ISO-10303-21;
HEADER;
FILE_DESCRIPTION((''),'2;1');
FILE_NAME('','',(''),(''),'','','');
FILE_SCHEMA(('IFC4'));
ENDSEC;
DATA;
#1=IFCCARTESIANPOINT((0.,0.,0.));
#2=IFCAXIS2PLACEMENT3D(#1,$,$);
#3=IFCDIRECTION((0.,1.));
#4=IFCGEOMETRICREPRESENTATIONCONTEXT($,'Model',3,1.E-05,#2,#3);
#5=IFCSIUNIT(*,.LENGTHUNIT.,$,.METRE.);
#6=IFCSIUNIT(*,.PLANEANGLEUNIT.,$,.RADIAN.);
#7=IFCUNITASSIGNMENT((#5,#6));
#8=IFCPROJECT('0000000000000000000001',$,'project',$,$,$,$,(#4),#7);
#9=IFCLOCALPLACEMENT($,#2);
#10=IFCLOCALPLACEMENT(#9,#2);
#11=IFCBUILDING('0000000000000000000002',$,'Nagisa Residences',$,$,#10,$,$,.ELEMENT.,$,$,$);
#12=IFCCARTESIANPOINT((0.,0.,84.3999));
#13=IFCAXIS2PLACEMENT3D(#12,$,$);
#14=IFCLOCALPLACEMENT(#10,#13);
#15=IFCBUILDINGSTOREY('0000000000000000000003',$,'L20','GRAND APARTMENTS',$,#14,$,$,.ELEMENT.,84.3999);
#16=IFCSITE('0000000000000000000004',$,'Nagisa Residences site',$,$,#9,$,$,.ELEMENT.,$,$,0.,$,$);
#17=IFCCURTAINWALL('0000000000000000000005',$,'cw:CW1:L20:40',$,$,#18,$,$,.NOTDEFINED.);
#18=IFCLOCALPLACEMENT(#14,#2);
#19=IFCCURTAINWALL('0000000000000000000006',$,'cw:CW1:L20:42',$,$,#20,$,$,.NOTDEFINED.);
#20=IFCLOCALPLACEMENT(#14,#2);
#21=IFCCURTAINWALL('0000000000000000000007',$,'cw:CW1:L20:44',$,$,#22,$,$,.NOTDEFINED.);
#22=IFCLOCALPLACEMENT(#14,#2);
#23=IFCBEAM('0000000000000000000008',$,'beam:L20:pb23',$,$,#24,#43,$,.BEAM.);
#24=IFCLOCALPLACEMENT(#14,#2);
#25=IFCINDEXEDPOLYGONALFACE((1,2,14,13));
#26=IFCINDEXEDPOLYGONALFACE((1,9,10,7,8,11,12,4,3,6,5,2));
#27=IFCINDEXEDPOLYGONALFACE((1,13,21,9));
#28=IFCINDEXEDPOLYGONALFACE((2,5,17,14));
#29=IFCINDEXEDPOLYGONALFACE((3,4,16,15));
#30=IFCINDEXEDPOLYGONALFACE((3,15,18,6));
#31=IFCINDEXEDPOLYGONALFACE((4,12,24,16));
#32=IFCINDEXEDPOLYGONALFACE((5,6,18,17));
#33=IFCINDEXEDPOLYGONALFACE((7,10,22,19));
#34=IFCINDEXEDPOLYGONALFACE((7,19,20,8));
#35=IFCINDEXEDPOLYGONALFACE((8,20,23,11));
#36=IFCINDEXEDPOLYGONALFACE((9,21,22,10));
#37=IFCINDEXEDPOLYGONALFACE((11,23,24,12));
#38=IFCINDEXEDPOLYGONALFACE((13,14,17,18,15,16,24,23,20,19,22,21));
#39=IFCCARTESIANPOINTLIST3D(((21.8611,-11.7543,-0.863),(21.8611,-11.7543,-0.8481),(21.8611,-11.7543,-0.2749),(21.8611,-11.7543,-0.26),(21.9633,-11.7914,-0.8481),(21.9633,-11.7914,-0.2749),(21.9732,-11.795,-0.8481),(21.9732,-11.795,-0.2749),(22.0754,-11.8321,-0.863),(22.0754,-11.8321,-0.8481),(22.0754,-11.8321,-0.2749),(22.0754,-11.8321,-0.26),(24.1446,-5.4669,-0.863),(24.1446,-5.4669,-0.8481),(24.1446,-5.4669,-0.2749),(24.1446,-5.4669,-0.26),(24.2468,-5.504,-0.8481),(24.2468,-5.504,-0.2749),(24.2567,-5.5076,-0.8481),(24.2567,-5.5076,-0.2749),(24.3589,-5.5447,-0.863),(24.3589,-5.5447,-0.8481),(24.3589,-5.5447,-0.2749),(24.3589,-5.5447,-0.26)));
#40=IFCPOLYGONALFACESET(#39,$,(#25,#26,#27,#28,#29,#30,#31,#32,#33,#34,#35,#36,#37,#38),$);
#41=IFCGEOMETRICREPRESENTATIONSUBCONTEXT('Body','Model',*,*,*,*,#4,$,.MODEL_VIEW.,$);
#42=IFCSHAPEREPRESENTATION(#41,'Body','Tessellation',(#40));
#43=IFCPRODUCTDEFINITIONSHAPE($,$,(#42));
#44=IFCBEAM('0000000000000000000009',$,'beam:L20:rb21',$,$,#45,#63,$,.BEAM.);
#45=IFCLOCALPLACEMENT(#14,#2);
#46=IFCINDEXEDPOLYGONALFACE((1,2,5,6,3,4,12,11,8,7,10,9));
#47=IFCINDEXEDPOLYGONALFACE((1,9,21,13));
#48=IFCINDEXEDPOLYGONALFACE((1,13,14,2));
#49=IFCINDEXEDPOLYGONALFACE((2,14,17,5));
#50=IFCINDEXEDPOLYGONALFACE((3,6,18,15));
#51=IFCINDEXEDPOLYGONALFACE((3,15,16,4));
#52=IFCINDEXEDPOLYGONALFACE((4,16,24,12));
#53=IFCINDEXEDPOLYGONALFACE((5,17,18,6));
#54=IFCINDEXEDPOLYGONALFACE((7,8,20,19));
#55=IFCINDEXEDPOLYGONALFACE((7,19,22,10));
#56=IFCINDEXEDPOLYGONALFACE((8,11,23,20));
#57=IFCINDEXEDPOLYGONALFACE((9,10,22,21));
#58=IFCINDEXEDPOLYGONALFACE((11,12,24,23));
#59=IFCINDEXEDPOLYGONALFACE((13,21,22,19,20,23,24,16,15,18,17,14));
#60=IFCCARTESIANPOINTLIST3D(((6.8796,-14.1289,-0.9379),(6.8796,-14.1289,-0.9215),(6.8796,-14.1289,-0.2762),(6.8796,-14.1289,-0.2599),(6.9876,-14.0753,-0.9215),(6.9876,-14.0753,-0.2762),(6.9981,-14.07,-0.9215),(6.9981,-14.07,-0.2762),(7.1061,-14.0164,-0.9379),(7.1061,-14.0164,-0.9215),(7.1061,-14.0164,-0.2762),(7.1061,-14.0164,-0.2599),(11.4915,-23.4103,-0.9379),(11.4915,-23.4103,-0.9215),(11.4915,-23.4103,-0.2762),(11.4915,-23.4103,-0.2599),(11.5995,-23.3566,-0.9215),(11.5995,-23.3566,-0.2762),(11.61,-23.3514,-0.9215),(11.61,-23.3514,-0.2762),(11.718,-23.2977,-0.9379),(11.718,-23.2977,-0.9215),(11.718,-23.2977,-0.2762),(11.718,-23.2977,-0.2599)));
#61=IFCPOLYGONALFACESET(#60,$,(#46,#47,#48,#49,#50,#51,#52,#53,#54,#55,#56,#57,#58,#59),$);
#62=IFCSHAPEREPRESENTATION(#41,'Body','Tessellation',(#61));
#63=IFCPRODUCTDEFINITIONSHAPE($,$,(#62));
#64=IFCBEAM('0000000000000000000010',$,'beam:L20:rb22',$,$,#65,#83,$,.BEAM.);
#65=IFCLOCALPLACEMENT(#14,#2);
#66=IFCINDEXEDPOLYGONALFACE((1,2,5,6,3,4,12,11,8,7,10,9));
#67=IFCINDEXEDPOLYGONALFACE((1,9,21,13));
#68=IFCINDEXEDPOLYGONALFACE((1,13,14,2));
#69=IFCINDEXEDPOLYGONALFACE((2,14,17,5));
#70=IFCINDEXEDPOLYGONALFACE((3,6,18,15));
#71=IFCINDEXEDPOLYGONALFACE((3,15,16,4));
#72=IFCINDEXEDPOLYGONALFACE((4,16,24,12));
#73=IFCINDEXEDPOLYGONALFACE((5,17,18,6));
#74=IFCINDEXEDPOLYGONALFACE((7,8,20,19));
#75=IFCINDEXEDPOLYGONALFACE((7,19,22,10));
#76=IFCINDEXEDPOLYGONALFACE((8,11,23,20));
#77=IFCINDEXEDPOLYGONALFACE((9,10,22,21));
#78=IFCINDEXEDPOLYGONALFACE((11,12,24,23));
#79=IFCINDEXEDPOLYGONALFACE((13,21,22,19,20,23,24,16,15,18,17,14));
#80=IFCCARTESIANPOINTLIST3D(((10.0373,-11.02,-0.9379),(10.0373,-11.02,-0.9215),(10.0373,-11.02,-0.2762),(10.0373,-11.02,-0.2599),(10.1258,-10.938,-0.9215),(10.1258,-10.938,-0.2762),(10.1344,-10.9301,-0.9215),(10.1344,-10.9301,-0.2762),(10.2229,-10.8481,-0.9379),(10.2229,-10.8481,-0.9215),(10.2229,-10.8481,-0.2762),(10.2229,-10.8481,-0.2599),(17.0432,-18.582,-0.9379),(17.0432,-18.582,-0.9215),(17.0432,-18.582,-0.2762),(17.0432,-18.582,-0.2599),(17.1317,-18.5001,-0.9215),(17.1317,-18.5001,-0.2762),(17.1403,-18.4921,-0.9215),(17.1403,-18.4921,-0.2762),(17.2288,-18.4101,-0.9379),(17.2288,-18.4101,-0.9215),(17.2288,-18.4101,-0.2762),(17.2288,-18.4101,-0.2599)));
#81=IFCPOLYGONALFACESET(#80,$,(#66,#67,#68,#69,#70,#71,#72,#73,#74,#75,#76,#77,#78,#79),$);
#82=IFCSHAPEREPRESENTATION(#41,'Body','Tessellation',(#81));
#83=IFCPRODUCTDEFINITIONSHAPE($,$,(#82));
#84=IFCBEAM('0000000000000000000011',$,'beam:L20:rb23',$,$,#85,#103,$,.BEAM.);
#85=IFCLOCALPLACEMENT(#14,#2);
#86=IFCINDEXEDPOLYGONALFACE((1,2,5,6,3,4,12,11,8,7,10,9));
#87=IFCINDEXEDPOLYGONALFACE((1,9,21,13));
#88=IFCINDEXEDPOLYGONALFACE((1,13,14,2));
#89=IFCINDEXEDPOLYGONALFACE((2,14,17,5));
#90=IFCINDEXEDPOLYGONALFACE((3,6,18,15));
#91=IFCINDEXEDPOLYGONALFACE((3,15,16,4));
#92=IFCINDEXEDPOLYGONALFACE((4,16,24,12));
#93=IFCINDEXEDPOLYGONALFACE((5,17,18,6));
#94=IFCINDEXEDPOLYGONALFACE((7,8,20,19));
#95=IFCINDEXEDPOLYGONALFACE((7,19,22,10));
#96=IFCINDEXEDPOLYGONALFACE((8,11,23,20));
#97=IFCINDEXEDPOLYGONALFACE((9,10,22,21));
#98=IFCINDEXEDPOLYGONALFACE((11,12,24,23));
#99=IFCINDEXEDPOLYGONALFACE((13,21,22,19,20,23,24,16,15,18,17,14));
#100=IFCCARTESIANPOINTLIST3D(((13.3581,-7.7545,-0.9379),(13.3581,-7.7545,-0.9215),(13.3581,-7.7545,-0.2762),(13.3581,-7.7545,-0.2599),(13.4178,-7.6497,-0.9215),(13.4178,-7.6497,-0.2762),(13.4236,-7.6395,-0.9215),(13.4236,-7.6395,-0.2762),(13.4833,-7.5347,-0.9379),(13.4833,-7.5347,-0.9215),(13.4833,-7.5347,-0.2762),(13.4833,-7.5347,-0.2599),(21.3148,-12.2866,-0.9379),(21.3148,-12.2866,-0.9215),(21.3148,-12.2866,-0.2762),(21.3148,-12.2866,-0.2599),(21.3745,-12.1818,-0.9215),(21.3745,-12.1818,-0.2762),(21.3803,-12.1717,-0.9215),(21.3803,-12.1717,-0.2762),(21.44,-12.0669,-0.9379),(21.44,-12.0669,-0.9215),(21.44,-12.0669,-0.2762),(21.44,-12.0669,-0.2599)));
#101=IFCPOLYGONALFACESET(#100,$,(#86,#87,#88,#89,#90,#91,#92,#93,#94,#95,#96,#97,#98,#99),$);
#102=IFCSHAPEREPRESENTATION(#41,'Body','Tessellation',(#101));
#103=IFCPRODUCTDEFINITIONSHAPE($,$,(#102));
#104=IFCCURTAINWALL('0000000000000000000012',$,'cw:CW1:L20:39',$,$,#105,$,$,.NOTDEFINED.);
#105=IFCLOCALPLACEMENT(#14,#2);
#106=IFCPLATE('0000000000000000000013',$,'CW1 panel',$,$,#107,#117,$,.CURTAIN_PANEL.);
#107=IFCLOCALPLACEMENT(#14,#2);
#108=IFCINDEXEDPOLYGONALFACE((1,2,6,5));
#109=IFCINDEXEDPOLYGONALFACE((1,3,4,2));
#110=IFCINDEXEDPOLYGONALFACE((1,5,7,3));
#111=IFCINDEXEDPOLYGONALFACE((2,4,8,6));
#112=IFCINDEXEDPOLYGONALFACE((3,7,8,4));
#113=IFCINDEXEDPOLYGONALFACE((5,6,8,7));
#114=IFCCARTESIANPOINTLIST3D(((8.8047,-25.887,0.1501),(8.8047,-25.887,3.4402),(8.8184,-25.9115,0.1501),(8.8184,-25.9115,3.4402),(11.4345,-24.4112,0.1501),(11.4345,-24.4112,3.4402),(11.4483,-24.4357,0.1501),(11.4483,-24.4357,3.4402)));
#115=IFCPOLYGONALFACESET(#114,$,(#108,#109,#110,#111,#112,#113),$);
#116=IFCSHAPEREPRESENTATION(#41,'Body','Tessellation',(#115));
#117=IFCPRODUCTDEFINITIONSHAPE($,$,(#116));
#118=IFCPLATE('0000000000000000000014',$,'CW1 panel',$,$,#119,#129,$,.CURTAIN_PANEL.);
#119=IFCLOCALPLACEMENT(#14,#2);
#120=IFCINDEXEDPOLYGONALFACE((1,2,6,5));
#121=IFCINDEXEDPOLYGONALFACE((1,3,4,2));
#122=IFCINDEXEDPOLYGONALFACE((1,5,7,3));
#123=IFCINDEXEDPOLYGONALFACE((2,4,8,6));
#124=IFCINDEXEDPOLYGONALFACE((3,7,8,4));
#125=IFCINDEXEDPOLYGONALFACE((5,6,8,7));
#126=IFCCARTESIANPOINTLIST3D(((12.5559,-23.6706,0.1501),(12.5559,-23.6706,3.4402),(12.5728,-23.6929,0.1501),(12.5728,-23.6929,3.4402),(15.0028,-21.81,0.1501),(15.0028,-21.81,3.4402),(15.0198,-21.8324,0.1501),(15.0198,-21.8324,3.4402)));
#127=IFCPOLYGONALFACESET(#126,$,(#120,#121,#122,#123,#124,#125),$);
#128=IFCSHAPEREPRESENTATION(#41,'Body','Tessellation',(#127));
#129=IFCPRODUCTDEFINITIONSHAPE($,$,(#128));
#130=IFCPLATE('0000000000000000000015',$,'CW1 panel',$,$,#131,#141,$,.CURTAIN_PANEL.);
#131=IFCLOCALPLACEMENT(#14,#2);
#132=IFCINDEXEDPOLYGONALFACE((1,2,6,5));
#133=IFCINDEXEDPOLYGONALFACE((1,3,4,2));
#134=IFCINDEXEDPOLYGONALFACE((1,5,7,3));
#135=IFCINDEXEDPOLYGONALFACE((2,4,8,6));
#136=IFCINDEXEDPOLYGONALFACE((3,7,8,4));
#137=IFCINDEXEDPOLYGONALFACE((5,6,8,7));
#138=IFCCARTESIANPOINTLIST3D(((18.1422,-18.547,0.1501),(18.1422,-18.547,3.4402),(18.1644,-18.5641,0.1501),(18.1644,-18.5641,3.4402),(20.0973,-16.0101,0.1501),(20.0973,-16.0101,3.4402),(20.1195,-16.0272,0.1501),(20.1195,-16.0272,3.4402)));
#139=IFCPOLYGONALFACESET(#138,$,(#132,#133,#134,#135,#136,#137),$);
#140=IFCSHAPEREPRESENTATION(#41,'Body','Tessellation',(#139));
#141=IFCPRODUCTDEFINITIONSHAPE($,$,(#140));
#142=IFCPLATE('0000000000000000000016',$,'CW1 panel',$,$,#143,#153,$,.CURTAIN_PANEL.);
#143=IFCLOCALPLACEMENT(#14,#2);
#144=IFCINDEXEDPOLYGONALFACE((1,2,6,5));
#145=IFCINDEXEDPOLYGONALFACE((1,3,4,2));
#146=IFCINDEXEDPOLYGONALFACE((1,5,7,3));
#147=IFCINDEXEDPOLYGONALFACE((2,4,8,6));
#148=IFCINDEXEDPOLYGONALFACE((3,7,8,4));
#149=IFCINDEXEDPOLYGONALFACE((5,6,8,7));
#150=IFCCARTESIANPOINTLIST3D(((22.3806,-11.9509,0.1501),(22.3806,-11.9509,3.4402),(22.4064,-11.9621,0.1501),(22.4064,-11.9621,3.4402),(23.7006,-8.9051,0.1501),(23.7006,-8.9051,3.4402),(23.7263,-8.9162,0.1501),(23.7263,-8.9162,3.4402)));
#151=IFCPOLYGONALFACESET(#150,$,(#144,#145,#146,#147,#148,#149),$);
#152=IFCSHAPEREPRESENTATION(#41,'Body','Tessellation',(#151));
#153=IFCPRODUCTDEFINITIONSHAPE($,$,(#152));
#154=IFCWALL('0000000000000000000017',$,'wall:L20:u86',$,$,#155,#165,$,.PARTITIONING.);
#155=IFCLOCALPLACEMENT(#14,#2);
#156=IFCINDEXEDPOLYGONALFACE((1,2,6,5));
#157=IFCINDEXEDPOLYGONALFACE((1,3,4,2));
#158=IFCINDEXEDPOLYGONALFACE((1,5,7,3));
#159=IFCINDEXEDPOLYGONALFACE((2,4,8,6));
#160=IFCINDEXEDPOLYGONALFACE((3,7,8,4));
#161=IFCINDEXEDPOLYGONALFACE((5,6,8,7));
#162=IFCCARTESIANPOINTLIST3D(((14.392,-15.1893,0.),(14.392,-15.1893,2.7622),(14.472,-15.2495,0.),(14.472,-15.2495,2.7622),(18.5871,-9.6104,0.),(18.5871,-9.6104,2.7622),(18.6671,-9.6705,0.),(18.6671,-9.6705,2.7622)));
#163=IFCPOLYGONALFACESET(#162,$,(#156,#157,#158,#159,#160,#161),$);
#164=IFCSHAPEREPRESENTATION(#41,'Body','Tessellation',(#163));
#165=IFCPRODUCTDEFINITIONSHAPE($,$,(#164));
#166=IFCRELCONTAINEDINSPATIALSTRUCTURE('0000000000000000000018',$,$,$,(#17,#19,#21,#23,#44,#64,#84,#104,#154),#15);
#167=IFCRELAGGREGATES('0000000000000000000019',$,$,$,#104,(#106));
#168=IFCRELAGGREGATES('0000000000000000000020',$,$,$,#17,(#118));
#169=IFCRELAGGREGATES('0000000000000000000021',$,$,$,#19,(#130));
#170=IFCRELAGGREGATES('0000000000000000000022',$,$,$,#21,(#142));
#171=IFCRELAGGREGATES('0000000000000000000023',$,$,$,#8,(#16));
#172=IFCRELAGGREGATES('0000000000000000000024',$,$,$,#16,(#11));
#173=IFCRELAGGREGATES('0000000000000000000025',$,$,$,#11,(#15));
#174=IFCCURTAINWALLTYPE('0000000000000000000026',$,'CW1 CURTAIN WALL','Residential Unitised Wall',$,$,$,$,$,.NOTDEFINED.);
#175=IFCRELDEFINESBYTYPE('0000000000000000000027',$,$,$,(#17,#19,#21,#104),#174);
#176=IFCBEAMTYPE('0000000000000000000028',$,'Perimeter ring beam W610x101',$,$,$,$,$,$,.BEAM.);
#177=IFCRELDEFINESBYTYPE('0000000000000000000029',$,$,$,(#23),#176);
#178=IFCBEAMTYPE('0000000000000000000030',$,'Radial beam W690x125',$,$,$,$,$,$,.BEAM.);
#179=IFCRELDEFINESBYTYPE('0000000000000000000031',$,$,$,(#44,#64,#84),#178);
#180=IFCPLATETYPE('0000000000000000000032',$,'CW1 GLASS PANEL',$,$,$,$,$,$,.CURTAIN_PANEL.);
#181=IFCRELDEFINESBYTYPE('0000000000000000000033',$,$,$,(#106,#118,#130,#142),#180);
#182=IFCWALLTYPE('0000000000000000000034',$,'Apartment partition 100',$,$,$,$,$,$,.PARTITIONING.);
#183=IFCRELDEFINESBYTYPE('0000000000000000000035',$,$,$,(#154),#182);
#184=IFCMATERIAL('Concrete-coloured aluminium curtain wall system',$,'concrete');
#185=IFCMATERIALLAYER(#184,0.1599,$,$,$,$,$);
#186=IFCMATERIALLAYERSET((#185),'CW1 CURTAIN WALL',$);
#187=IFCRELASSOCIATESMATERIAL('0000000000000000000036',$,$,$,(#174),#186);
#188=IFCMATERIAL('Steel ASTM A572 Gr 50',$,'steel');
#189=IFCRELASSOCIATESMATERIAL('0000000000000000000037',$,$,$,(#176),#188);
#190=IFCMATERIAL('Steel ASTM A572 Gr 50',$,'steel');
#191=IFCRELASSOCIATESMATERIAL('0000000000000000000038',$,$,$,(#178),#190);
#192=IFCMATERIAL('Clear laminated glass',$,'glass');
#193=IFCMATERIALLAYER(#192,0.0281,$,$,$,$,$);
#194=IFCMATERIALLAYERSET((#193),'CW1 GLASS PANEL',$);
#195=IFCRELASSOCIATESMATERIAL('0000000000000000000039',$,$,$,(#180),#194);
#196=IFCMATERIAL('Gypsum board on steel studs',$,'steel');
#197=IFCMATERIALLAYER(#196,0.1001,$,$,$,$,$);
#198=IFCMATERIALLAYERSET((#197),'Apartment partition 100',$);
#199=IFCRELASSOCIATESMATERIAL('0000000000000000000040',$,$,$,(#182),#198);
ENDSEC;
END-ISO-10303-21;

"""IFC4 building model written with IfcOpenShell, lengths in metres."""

from ifc_helpers import new_model, si_unit, direction, frame, frame_2d, origin, origin_2d, place, context, subcontext, project, spatial, rectangle, i_section, extrude, material, layer, layer_set, material_profile, profile_set, type_object, element, aggregate, save


model = new_model("IFC4")

# Units and contexts
model_context = context("Model", 3, precision=1e-05, world=origin(), true_north=direction((0.0, 1.0)))
body_context = subcontext(model_context, "Body", "Model", "MODEL_VIEW")
ifc_project = project(units=[si_unit("LENGTHUNIT", "METRE"), si_unit("PLANEANGLEUNIT", "RADIAN")], contexts=[model_context])

# Site, building, storey
site_placement = place(None, origin())
site = spatial("IfcSite", under=ifc_project, at=site_placement, Name="Nagisa Residences site", CompositionType="ELEMENT", RefElevation=0.0)
building_placement = place(site_placement, origin())
building = spatial("IfcBuilding", under=site, at=building_placement, Name="Nagisa Residences", CompositionType="ELEMENT")
storey_placement = place(building_placement, frame((0.0, 0.0, 84.3999)))
storey = spatial("IfcBuildingStorey", under=building, at=storey_placement, Name="L20", Description="GRAND APARTMENTS", CompositionType="ELEMENT", Elevation=84.3999)

# Curtain walls
ifc_material_1 = material(Name="Concrete-coloured aluminium curtain wall system", Category="concrete")
ifc_layer_1 = layer(ifc_material_1, 0.1599)
ifc_layer_set_1 = layer_set([ifc_layer_1], Name="CW1 CURTAIN WALL")
curtain_wall_type = type_object("IfcCurtainWallType", Name="CW1 CURTAIN WALL", Description="Residential Unitised Wall", PredefinedType="NOTDEFINED", material=ifc_layer_set_1)
curtain_wall_1_placement = place(storey_placement, origin())
curtain_wall_1 = element("IfcCurtainWall", 1, at=curtain_wall_1_placement, inside=storey, type_object=curtain_wall_type, Name="cw:CW1:L20:40", PredefinedType="NOTDEFINED")
curtain_wall_2_placement = place(storey_placement, origin())
curtain_wall_2 = element("IfcCurtainWall", 2, at=curtain_wall_2_placement, inside=storey, type_object=curtain_wall_type, Name="cw:CW1:L20:42", PredefinedType="NOTDEFINED")
curtain_wall_3_placement = place(storey_placement, origin())
curtain_wall_3 = element("IfcCurtainWall", 3, at=curtain_wall_3_placement, inside=storey, type_object=curtain_wall_type, Name="cw:CW1:L20:44", PredefinedType="NOTDEFINED")

# Beams
ifc_material_2 = material(Name="Steel ASTM A572 Gr 50", Category="steel")
ifc_material_profile_1 = material_profile(ifc_material_2, i_section(OverallWidth=0.228, OverallDepth=0.603, WebThickness=0.0105, FlangeThickness=0.0149, at=origin_2d()), Name="W610x101")
ifc_profile_set_1 = profile_set([ifc_material_profile_1], Name="Steel ASTM A572 Gr 50")
beam_type_1 = type_object("IfcBeamType", Name="Perimeter ring beam W610x101", PredefinedType="BEAM", material=ifc_profile_set_1)
beam_1_placement = place(storey_placement, frame((21.9683, -11.7932, -0.5615), z_axis=(0.341365, 0.939931, 0.0), x_axis=(-0.939931, 0.341365, 0.0)))
element("IfcBeam", 4, at=beam_1_placement, inside=storey, type_object=beam_type_1, Name="beam:L20:pb23", PredefinedType="BEAM", context=body_context, shape_type="SweptSolid", body=[
    extrude(i_section(OverallWidth=0.228, OverallDepth=0.603, WebThickness=0.0105, FlangeThickness=0.0149, at=origin_2d()), origin(), (0.0, 0.0, 1.0), 6.6892),
])
ifc_material_3 = material(Name="Steel ASTM A572 Gr 50", Category="steel")
ifc_material_profile_2 = material_profile(ifc_material_3, i_section(OverallWidth=0.2529, OverallDepth=0.678, WebThickness=0.0117, FlangeThickness=0.0164, at=origin_2d()), Name="W690x125")
ifc_profile_set_2 = profile_set([ifc_material_profile_2], Name="Steel ASTM A572 Gr 50")
beam_type_2 = type_object("IfcBeamType", Name="Radial beam W690x125", PredefinedType="BEAM", material=ifc_profile_set_2)
beam_2_placement = place(storey_placement, frame((11.6047, -23.354, -0.5989), z_axis=(-0.444988, 0.895536, 0.0), x_axis=(-0.895536, -0.444988, 0.0)))
element("IfcBeam", 5, at=beam_2_placement, inside=storey, type_object=beam_type_2, Name="beam:L20:rb21", PredefinedType="BEAM", context=body_context, shape_type="SweptSolid", body=[
    extrude(i_section(OverallWidth=0.2529, OverallDepth=0.678, WebThickness=0.0117, FlangeThickness=0.0164, at=origin_2d()), origin(), (0.0, 0.0, 1.0), 10.364),
])
beam_3_placement = place(storey_placement, frame((17.136, -18.4961, -0.5989), z_axis=(-0.679617, 0.733567, 0.0), x_axis=(-0.733567, -0.679617, 0.0)))
element("IfcBeam", 6, at=beam_3_placement, inside=storey, type_object=beam_type_2, Name="beam:L20:rb22", PredefinedType="BEAM", context=body_context, shape_type="SweptSolid", body=[
    extrude(i_section(OverallWidth=0.2529, OverallDepth=0.678, WebThickness=0.0117, FlangeThickness=0.0164, at=origin_2d()), origin(), (0.0, 0.0, 1.0), 10.3086),
])
beam_4_placement = place(storey_placement, frame((21.3774, -12.1768, -0.5989), z_axis=(-0.868925, 0.494944, 0.0), x_axis=(-0.494944, -0.868925, 0.0)))
element("IfcBeam", 7, at=beam_4_placement, inside=storey, type_object=beam_type_2, Name="beam:L20:rb23", PredefinedType="BEAM", context=body_context, shape_type="SweptSolid", body=[
    extrude(i_section(OverallWidth=0.2529, OverallDepth=0.678, WebThickness=0.0117, FlangeThickness=0.0164, at=origin_2d()), origin(), (0.0, 0.0, 1.0), 9.157),
])

# Curtain wall, plate
curtain_wall_4_placement = place(storey_placement, origin())
curtain_wall_4 = element("IfcCurtainWall", 8, at=curtain_wall_4_placement, inside=storey, type_object=curtain_wall_type, Name="cw:CW1:L20:39", PredefinedType="NOTDEFINED")
ifc_material_4 = material(Name="Clear laminated glass", Category="glass")
ifc_layer_2 = layer(ifc_material_4, 0.0281)
ifc_layer_set_2 = layer_set([ifc_layer_2], Name="CW1 GLASS PANEL")
plate_type = type_object("IfcPlateType", Name="CW1 GLASS PANEL", PredefinedType="CURTAIN_PANEL", material=ifc_layer_set_2)
plate_1_placement = place(storey_placement, frame((10.1265, -25.1614, 0.1501), z_axis=(0.0, 0.0, 1.0), x_axis=(0.872072, 0.489377, 0.0)))
plate_1 = element("IfcPlate", 9, at=plate_1_placement, type_object=plate_type, Name="CW1 panel", PredefinedType="CURTAIN_PANEL", context=body_context, shape_type="SweptSolid", body=[
    extrude(rectangle(XDim=3.0156, YDim=0.0281, at=origin_2d()), origin(), (0.0, 0.0, 1.0), 3.29),
])
aggregate(curtain_wall_4, [plate_1])

# Plates
plate_2_placement = place(storey_placement, frame((13.7878, -22.7515, 0.1501), z_axis=(0.0, 0.0, 1.0), x_axis=(0.796031, 0.605255, 0.0)))
plate_2 = element("IfcPlate", 10, at=plate_2_placement, type_object=plate_type, Name="CW1 panel", PredefinedType="CURTAIN_PANEL", context=body_context, shape_type="SweptSolid", body=[
    extrude(rectangle(XDim=3.074, YDim=0.0281, at=origin_2d()), origin(), (0.0, 0.0, 1.0), 3.29),
])
aggregate(curtain_wall_1, [plate_2])
plate_3_placement = place(storey_placement, frame((19.1309, -17.2871, 0.1501), z_axis=(0.0, 0.0, 1.0), x_axis=(0.61043, 0.79207, 0.0)))
plate_3 = element("IfcPlate", 11, at=plate_3_placement, type_object=plate_type, Name="CW1 panel", PredefinedType="CURTAIN_PANEL", context=body_context, shape_type="SweptSolid", body=[
    extrude(rectangle(XDim=3.2029, YDim=0.0281, at=origin_2d()), origin(), (0.0, 0.0, 1.0), 3.29),
])
aggregate(curtain_wall_2, [plate_3])
plate_4_placement = place(storey_placement, frame((23.0535, -10.4336, 0.1501), z_axis=(0.0, 0.0, 1.0), x_axis=(0.397636, 0.917543, 0.0)))
plate_4 = element("IfcPlate", 12, at=plate_4_placement, type_object=plate_type, Name="CW1 panel", PredefinedType="CURTAIN_PANEL", context=body_context, shape_type="SweptSolid", body=[
    extrude(rectangle(XDim=3.3196, YDim=0.0281, at=origin_2d()), origin(), (0.0, 0.0, 1.0), 3.29),
])
aggregate(curtain_wall_3, [plate_4])

# Wall
ifc_material_5 = material(Name="Gypsum board on steel studs", Category="steel")
ifc_layer_3 = layer(ifc_material_5, 0.1001)
ifc_layer_set_3 = layer_set([ifc_layer_3], Name="Apartment partition 100")
wall_type_1 = type_object("IfcWallType", Name="Apartment partition 100", PredefinedType="PARTITIONING", material=ifc_layer_set_3)
wall_1_placement = place(storey_placement, frame((14.4319, -15.2195, 0.0), z_axis=(0.0, 0.0, 1.0), x_axis=(0.601001, 0.799248, 0.0)))
element("IfcWall", 13, at=wall_1_placement, inside=storey, type_object=wall_type_1, Name="wall:L20:u86", PredefinedType="PARTITIONING", context=body_context, shape_type="SweptSolid", body=[
    extrude(rectangle(XDim=6.9802, YDim=0.1001, at=frame_2d((3.4902, 0.0))), origin(), (0.0, 0.0, 1.0), 2.7622),
])

save(model, "model.ifc")
